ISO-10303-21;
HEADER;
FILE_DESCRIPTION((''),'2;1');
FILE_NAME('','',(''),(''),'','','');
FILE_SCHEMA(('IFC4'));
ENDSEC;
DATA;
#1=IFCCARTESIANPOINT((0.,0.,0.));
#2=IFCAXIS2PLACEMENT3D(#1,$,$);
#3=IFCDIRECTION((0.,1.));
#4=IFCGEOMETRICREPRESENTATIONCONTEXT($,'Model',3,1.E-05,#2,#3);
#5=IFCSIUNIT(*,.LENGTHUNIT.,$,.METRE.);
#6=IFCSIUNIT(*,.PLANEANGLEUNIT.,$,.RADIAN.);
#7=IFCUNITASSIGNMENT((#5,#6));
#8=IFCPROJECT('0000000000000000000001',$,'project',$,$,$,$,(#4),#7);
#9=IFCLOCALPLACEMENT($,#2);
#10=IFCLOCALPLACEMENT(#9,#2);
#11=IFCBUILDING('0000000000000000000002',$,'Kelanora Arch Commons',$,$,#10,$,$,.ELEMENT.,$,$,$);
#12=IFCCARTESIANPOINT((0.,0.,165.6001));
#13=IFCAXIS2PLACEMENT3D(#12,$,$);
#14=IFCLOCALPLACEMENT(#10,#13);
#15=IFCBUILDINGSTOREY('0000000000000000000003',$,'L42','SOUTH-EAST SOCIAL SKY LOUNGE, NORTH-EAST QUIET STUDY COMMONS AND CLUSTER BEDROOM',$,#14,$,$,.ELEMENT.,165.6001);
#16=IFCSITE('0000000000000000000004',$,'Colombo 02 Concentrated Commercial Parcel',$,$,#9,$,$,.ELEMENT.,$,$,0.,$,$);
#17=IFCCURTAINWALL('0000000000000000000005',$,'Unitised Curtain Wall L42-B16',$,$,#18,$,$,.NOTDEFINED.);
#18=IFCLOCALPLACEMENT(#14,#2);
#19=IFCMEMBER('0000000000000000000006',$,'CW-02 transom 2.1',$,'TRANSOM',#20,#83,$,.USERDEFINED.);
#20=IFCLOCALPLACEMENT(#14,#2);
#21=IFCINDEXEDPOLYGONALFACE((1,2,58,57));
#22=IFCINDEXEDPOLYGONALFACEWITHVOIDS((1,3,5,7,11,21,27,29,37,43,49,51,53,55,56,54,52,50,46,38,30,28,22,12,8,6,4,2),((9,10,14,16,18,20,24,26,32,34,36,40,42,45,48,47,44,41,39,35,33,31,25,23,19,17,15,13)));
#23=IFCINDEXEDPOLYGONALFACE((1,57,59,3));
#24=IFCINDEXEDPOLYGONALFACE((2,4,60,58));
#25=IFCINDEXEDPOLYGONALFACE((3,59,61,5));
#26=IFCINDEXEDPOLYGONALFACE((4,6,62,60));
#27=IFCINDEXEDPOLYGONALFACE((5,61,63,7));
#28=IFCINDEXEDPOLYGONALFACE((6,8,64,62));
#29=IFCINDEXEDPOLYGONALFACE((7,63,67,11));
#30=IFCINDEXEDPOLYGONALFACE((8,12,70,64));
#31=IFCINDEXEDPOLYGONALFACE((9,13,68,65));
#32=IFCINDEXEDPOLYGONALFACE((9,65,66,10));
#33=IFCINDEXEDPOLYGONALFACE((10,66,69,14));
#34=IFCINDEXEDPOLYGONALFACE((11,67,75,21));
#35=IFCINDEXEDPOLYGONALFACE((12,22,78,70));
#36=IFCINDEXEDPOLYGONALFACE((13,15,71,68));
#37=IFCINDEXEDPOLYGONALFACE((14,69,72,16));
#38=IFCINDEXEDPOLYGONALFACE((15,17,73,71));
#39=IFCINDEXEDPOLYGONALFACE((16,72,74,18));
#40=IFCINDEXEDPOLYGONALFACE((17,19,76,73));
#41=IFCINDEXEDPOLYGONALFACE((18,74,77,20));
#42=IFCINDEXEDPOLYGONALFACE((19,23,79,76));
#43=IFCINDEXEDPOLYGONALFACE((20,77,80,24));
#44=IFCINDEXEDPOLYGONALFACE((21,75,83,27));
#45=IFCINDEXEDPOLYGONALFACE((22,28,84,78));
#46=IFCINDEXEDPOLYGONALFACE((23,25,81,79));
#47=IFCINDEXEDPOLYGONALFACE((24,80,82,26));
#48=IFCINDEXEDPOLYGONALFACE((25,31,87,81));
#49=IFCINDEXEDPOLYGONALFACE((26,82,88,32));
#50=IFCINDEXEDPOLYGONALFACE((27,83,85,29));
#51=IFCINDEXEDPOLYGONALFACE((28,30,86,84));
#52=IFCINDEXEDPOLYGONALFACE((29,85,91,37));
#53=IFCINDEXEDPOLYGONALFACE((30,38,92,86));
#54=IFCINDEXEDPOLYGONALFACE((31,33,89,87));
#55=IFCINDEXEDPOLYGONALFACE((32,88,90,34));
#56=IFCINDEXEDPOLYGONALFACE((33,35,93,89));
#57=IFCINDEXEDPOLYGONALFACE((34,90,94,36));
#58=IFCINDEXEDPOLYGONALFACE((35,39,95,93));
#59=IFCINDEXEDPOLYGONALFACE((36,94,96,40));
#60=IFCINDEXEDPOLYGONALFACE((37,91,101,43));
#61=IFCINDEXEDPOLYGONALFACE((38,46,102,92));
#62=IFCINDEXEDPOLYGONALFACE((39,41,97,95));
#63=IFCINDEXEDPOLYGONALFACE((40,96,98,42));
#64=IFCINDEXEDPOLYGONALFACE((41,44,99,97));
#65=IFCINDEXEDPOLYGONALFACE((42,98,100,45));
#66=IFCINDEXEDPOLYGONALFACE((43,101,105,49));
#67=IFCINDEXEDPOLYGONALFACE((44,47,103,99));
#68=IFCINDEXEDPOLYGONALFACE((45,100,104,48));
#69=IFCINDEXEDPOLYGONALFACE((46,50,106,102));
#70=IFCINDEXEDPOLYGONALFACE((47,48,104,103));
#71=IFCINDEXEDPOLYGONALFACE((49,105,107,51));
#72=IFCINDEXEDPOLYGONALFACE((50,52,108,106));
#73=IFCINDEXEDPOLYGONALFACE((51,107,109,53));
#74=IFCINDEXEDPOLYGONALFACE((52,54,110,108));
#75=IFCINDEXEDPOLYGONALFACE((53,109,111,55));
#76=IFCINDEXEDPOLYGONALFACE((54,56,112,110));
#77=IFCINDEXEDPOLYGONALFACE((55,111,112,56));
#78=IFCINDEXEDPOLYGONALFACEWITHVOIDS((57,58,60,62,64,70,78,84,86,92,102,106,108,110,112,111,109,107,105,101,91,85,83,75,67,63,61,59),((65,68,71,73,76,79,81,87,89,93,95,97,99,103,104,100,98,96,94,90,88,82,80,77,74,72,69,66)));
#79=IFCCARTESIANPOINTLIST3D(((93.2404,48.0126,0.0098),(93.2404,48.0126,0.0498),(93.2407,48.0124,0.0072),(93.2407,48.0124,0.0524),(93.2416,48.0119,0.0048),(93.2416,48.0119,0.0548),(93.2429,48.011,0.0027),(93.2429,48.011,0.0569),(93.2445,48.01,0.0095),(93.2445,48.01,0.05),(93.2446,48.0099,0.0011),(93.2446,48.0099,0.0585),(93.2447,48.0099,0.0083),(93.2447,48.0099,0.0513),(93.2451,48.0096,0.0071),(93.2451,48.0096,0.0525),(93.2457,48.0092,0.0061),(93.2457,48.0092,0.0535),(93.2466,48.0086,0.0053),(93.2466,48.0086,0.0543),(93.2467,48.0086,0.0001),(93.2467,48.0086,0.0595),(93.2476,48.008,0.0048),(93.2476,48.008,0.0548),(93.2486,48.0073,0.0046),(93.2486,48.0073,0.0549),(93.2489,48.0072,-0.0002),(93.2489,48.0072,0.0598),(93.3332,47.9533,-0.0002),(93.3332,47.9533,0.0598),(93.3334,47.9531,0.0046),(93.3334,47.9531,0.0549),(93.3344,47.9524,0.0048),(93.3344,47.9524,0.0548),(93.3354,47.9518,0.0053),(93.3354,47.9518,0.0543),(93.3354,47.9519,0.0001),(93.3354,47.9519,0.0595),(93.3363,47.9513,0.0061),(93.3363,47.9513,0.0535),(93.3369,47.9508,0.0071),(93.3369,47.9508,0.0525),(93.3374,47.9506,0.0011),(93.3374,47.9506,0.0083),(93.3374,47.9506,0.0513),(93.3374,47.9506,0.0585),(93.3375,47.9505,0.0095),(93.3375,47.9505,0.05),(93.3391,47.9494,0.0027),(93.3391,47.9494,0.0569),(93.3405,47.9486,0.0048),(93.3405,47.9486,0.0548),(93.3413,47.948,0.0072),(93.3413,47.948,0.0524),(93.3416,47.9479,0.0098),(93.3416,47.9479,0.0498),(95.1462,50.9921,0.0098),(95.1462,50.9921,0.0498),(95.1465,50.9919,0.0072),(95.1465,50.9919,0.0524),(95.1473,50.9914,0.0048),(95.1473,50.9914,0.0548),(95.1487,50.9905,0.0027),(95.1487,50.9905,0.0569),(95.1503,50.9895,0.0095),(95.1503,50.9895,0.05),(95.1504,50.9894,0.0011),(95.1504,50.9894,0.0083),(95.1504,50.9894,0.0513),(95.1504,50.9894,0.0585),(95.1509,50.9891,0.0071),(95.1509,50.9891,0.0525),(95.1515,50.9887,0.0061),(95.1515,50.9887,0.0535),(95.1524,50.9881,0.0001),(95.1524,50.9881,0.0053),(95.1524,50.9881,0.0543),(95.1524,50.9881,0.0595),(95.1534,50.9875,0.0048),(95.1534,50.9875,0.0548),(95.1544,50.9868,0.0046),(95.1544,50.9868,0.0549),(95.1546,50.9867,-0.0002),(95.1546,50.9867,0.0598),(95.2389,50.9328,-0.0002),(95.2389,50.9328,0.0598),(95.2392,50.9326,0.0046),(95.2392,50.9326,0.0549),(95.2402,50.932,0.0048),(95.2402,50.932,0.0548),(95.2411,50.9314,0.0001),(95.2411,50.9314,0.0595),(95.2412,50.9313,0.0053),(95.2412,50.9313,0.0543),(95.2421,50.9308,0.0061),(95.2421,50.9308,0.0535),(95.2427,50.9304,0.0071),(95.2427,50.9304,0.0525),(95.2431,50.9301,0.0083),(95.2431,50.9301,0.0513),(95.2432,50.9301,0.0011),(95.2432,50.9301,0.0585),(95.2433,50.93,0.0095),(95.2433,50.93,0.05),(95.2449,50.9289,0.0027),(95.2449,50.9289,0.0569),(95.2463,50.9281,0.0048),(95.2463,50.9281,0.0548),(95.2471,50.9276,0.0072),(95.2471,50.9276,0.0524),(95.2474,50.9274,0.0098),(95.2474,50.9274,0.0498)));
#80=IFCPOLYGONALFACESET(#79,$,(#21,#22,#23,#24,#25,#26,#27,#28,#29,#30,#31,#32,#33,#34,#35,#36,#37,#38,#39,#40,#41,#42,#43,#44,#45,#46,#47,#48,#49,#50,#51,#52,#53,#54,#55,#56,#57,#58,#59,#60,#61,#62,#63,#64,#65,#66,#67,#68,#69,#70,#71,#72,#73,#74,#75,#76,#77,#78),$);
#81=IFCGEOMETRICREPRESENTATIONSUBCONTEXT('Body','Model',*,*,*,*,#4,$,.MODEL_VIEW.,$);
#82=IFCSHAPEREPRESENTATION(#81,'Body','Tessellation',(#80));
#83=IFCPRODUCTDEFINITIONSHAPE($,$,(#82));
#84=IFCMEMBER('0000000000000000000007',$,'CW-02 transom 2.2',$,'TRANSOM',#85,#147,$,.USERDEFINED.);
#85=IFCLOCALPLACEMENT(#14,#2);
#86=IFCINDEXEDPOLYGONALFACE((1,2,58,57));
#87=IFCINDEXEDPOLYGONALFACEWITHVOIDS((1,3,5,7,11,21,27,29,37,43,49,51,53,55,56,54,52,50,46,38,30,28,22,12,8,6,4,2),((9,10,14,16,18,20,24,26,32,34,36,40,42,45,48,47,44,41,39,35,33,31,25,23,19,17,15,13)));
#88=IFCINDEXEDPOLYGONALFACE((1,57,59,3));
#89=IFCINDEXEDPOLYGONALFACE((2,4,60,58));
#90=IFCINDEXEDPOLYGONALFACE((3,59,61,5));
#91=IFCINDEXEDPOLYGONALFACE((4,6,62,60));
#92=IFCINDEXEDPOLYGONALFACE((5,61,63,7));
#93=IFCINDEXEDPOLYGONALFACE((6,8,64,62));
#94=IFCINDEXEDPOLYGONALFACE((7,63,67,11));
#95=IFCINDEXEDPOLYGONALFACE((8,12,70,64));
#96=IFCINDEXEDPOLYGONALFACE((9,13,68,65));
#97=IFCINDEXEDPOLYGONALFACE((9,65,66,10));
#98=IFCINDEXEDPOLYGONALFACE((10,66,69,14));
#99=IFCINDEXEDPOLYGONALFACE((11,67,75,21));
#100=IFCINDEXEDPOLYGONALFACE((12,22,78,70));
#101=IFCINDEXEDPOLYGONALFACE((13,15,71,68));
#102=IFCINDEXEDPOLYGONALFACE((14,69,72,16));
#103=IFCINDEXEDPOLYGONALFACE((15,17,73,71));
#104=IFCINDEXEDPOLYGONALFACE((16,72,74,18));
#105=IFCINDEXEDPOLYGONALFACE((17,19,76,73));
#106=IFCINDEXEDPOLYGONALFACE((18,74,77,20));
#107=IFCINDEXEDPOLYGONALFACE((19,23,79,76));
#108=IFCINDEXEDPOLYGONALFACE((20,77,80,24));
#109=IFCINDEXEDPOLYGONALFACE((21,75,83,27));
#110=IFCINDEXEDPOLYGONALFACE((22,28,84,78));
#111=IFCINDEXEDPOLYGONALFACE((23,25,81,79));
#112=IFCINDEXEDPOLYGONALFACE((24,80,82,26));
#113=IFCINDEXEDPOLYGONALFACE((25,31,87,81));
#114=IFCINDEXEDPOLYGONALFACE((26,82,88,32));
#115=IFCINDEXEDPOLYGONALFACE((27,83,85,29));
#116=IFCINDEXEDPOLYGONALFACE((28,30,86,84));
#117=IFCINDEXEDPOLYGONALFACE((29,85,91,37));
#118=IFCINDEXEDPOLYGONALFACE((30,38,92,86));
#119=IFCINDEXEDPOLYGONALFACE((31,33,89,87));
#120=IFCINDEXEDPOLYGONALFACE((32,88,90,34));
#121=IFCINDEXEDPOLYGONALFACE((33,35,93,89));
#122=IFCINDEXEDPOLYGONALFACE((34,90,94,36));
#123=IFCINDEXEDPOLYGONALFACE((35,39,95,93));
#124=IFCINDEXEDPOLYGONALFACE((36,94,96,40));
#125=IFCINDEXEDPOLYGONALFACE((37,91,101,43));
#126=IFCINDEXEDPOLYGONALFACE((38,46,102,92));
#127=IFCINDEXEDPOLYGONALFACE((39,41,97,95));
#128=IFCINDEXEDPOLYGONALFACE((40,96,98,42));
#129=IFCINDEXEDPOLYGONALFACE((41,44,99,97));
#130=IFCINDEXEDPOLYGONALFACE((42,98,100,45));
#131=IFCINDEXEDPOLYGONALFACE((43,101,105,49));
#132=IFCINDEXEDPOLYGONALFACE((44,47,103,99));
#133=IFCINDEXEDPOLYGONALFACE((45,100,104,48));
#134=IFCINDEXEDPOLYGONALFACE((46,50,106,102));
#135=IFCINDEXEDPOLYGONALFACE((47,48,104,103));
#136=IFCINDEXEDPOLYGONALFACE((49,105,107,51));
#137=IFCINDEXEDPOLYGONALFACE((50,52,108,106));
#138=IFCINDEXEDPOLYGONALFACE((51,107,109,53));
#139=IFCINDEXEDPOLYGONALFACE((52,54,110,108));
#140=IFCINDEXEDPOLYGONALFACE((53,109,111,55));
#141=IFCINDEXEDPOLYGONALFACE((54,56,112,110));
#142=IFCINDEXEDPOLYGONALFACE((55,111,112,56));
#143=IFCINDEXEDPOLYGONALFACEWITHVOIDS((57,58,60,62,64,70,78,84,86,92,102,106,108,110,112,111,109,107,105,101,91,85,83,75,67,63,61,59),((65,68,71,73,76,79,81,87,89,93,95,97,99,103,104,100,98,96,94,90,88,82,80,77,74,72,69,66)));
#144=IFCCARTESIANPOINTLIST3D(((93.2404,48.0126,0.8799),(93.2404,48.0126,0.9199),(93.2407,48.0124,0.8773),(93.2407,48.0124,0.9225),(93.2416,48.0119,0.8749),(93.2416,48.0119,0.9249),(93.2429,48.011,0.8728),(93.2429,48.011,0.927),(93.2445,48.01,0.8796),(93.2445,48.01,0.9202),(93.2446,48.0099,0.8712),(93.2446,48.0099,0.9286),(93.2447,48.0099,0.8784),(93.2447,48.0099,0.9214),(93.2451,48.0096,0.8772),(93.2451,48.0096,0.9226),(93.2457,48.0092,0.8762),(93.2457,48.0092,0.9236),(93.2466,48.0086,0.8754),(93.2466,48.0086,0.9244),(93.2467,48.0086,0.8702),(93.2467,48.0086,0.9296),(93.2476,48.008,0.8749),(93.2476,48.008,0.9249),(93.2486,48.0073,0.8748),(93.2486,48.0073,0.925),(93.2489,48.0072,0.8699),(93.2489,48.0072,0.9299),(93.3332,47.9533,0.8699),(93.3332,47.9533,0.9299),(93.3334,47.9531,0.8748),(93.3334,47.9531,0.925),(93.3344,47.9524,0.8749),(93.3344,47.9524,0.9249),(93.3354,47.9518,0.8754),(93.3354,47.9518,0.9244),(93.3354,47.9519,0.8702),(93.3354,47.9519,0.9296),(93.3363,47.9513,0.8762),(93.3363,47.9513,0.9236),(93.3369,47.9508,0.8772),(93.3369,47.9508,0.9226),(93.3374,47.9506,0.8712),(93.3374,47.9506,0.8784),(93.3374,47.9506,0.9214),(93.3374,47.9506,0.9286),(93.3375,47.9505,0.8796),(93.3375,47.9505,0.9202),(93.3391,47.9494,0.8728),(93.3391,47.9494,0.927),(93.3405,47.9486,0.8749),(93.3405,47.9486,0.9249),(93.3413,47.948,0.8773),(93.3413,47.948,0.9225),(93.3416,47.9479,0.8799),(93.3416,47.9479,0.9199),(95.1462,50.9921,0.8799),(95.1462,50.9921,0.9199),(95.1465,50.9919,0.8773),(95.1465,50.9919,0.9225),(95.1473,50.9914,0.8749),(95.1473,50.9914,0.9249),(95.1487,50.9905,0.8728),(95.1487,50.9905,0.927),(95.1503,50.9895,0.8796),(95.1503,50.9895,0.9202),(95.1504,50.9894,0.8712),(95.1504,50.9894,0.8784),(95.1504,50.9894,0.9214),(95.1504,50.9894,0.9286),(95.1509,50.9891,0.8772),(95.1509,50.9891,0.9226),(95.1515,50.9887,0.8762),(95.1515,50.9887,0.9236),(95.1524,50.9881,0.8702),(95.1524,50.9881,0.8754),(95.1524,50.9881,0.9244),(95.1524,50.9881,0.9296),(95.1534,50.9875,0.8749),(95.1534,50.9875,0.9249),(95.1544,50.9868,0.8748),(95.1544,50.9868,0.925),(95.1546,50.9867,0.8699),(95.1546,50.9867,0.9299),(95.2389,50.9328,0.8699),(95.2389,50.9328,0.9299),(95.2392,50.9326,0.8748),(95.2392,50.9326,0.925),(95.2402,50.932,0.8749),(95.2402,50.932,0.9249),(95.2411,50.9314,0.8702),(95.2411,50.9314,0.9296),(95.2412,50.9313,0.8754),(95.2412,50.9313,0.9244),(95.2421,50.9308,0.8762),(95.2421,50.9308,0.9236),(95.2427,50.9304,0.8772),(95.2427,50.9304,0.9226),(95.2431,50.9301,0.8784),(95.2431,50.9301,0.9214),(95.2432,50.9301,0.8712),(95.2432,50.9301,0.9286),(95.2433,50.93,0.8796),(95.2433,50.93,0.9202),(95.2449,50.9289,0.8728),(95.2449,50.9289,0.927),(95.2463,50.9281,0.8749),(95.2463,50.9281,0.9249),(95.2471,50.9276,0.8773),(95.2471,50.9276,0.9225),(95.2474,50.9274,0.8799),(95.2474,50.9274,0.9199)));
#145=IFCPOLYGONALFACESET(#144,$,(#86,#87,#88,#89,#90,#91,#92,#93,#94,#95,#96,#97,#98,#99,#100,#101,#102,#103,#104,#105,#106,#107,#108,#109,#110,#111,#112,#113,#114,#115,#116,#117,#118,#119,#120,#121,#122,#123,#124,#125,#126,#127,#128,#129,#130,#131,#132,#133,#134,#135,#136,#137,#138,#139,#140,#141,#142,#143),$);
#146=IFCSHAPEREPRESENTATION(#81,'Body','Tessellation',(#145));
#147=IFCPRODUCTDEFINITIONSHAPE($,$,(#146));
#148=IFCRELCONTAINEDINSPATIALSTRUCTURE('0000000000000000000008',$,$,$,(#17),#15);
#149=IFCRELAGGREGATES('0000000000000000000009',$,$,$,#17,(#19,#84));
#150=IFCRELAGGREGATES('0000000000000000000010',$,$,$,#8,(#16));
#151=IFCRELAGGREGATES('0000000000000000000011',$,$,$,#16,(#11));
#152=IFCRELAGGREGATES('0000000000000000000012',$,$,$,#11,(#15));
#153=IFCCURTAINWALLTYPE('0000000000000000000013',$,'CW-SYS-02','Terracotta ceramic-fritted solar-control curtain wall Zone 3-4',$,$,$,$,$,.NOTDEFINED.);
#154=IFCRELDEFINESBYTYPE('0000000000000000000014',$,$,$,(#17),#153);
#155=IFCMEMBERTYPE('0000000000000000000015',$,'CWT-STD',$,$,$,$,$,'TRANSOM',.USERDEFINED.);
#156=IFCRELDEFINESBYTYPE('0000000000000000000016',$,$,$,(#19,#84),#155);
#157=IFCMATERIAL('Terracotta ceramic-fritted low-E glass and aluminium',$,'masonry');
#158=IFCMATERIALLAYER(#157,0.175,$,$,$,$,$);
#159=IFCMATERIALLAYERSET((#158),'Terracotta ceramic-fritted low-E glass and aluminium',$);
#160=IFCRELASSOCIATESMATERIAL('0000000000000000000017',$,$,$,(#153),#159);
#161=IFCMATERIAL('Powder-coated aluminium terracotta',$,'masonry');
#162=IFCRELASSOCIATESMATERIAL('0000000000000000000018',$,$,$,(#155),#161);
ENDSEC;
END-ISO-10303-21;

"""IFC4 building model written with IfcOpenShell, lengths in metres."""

from ifc_helpers import new_model, si_unit, direction, frame, origin, origin_2d, place, context, subcontext, project, spatial, hollow_rectangle, extrude, material, layer, layer_set, material_profile, profile_set, type_object, element, aggregate, save


model = new_model("IFC4")

# Units and contexts
model_context = context("Model", 3, precision=1e-05, world=origin(), true_north=direction((0.0, 1.0)))
body_context = subcontext(model_context, "Body", "Model", "MODEL_VIEW")
ifc_project = project(units=[si_unit("LENGTHUNIT", "METRE"), si_unit("PLANEANGLEUNIT", "RADIAN")], contexts=[model_context])

# Site, building, storey
site_placement = place(None, origin())
site = spatial("IfcSite", under=ifc_project, at=site_placement, Name="Colombo 02 Concentrated Commercial Parcel", CompositionType="ELEMENT", RefElevation=0.0)
building_placement = place(site_placement, origin())
building = spatial("IfcBuilding", under=site, at=building_placement, Name="Kelanora Arch Commons", CompositionType="ELEMENT")
storey_placement = place(building_placement, frame((0.0, 0.0, 165.6001)))
storey = spatial("IfcBuildingStorey", under=building, at=storey_placement, Name="L42", Description="SOUTH-EAST SOCIAL SKY LOUNGE, NORTH-EAST QUIET STUDY COMMONS AND CLUSTER BEDROOM", CompositionType="ELEMENT", Elevation=165.6001)

# Curtain wall, members
ifc_material_1 = material(Name="Terracotta ceramic-fritted low-E glass and aluminium", Category="masonry")
ifc_layer_1 = layer(ifc_material_1, 0.175)
ifc_layer_set_1 = layer_set([ifc_layer_1], Name="Terracotta ceramic-fritted low-E glass and aluminium")
curtain_wall_type = type_object("IfcCurtainWallType", Name="CW-SYS-02", Description="Terracotta ceramic-fritted solar-control curtain wall Zone 3-4", PredefinedType="NOTDEFINED", material=ifc_layer_set_1)
curtain_wall_placement = place(storey_placement, origin())
curtain_wall = element("IfcCurtainWall", 1, at=curtain_wall_placement, inside=storey, type_object=curtain_wall_type, Name="Unitised Curtain Wall L42-B16", PredefinedType="NOTDEFINED")
ifc_material_2 = material(Name="Powder-coated aluminium terracotta", Category="masonry")
ifc_material_profile_1 = material_profile(ifc_material_2, hollow_rectangle(XDim=0.1201, YDim=0.0601, WallThickness=0.0049, InnerFilletRadius=0.0049, OuterFilletRadius=0.01, at=origin_2d()), Name="CWT120x60")
ifc_profile_set_1 = profile_set([ifc_material_profile_1], Name="Powder-coated aluminium terracotta")
member_type_1 = type_object("IfcMemberType", Name="CWT-STD", ElementType="TRANSOM", PredefinedType="USERDEFINED", material=ifc_profile_set_1)
member_1_placement = place(storey_placement, frame((93.291, 47.9802, 0.0298), z_axis=(0.53883, 0.842414, 0.0), x_axis=(-0.842414, 0.53883, 0.0)))
member_1 = element("IfcMember", 2, at=member_1_placement, type_object=member_type_1, Name="CW-02 transom 2.1", ObjectType="TRANSOM", PredefinedType="USERDEFINED", context=body_context, shape_type="SweptSolid", body=[
    extrude(hollow_rectangle(XDim=0.1201, YDim=0.0601, WallThickness=0.0049, InnerFilletRadius=0.0049, OuterFilletRadius=0.01, at=origin_2d()), origin(), (0.0, 0.0, 1.0), 3.5369),
])
member_2_placement = place(storey_placement, frame((93.291, 47.9802, 0.8999), z_axis=(0.53883, 0.842414, 0.0), x_axis=(-0.842414, 0.53883, 0.0)))
member_2 = element("IfcMember", 3, at=member_2_placement, type_object=member_type_1, Name="CW-02 transom 2.2", ObjectType="TRANSOM", PredefinedType="USERDEFINED", context=body_context, shape_type="SweptSolid", body=[
    extrude(hollow_rectangle(XDim=0.1201, YDim=0.0601, WallThickness=0.0049, InnerFilletRadius=0.0049, OuterFilletRadius=0.01, at=origin_2d()), origin(), (0.0, 0.0, 1.0), 3.5369),
])
aggregate(curtain_wall, [member_1, member_2])

save(model, "model.ifc")
